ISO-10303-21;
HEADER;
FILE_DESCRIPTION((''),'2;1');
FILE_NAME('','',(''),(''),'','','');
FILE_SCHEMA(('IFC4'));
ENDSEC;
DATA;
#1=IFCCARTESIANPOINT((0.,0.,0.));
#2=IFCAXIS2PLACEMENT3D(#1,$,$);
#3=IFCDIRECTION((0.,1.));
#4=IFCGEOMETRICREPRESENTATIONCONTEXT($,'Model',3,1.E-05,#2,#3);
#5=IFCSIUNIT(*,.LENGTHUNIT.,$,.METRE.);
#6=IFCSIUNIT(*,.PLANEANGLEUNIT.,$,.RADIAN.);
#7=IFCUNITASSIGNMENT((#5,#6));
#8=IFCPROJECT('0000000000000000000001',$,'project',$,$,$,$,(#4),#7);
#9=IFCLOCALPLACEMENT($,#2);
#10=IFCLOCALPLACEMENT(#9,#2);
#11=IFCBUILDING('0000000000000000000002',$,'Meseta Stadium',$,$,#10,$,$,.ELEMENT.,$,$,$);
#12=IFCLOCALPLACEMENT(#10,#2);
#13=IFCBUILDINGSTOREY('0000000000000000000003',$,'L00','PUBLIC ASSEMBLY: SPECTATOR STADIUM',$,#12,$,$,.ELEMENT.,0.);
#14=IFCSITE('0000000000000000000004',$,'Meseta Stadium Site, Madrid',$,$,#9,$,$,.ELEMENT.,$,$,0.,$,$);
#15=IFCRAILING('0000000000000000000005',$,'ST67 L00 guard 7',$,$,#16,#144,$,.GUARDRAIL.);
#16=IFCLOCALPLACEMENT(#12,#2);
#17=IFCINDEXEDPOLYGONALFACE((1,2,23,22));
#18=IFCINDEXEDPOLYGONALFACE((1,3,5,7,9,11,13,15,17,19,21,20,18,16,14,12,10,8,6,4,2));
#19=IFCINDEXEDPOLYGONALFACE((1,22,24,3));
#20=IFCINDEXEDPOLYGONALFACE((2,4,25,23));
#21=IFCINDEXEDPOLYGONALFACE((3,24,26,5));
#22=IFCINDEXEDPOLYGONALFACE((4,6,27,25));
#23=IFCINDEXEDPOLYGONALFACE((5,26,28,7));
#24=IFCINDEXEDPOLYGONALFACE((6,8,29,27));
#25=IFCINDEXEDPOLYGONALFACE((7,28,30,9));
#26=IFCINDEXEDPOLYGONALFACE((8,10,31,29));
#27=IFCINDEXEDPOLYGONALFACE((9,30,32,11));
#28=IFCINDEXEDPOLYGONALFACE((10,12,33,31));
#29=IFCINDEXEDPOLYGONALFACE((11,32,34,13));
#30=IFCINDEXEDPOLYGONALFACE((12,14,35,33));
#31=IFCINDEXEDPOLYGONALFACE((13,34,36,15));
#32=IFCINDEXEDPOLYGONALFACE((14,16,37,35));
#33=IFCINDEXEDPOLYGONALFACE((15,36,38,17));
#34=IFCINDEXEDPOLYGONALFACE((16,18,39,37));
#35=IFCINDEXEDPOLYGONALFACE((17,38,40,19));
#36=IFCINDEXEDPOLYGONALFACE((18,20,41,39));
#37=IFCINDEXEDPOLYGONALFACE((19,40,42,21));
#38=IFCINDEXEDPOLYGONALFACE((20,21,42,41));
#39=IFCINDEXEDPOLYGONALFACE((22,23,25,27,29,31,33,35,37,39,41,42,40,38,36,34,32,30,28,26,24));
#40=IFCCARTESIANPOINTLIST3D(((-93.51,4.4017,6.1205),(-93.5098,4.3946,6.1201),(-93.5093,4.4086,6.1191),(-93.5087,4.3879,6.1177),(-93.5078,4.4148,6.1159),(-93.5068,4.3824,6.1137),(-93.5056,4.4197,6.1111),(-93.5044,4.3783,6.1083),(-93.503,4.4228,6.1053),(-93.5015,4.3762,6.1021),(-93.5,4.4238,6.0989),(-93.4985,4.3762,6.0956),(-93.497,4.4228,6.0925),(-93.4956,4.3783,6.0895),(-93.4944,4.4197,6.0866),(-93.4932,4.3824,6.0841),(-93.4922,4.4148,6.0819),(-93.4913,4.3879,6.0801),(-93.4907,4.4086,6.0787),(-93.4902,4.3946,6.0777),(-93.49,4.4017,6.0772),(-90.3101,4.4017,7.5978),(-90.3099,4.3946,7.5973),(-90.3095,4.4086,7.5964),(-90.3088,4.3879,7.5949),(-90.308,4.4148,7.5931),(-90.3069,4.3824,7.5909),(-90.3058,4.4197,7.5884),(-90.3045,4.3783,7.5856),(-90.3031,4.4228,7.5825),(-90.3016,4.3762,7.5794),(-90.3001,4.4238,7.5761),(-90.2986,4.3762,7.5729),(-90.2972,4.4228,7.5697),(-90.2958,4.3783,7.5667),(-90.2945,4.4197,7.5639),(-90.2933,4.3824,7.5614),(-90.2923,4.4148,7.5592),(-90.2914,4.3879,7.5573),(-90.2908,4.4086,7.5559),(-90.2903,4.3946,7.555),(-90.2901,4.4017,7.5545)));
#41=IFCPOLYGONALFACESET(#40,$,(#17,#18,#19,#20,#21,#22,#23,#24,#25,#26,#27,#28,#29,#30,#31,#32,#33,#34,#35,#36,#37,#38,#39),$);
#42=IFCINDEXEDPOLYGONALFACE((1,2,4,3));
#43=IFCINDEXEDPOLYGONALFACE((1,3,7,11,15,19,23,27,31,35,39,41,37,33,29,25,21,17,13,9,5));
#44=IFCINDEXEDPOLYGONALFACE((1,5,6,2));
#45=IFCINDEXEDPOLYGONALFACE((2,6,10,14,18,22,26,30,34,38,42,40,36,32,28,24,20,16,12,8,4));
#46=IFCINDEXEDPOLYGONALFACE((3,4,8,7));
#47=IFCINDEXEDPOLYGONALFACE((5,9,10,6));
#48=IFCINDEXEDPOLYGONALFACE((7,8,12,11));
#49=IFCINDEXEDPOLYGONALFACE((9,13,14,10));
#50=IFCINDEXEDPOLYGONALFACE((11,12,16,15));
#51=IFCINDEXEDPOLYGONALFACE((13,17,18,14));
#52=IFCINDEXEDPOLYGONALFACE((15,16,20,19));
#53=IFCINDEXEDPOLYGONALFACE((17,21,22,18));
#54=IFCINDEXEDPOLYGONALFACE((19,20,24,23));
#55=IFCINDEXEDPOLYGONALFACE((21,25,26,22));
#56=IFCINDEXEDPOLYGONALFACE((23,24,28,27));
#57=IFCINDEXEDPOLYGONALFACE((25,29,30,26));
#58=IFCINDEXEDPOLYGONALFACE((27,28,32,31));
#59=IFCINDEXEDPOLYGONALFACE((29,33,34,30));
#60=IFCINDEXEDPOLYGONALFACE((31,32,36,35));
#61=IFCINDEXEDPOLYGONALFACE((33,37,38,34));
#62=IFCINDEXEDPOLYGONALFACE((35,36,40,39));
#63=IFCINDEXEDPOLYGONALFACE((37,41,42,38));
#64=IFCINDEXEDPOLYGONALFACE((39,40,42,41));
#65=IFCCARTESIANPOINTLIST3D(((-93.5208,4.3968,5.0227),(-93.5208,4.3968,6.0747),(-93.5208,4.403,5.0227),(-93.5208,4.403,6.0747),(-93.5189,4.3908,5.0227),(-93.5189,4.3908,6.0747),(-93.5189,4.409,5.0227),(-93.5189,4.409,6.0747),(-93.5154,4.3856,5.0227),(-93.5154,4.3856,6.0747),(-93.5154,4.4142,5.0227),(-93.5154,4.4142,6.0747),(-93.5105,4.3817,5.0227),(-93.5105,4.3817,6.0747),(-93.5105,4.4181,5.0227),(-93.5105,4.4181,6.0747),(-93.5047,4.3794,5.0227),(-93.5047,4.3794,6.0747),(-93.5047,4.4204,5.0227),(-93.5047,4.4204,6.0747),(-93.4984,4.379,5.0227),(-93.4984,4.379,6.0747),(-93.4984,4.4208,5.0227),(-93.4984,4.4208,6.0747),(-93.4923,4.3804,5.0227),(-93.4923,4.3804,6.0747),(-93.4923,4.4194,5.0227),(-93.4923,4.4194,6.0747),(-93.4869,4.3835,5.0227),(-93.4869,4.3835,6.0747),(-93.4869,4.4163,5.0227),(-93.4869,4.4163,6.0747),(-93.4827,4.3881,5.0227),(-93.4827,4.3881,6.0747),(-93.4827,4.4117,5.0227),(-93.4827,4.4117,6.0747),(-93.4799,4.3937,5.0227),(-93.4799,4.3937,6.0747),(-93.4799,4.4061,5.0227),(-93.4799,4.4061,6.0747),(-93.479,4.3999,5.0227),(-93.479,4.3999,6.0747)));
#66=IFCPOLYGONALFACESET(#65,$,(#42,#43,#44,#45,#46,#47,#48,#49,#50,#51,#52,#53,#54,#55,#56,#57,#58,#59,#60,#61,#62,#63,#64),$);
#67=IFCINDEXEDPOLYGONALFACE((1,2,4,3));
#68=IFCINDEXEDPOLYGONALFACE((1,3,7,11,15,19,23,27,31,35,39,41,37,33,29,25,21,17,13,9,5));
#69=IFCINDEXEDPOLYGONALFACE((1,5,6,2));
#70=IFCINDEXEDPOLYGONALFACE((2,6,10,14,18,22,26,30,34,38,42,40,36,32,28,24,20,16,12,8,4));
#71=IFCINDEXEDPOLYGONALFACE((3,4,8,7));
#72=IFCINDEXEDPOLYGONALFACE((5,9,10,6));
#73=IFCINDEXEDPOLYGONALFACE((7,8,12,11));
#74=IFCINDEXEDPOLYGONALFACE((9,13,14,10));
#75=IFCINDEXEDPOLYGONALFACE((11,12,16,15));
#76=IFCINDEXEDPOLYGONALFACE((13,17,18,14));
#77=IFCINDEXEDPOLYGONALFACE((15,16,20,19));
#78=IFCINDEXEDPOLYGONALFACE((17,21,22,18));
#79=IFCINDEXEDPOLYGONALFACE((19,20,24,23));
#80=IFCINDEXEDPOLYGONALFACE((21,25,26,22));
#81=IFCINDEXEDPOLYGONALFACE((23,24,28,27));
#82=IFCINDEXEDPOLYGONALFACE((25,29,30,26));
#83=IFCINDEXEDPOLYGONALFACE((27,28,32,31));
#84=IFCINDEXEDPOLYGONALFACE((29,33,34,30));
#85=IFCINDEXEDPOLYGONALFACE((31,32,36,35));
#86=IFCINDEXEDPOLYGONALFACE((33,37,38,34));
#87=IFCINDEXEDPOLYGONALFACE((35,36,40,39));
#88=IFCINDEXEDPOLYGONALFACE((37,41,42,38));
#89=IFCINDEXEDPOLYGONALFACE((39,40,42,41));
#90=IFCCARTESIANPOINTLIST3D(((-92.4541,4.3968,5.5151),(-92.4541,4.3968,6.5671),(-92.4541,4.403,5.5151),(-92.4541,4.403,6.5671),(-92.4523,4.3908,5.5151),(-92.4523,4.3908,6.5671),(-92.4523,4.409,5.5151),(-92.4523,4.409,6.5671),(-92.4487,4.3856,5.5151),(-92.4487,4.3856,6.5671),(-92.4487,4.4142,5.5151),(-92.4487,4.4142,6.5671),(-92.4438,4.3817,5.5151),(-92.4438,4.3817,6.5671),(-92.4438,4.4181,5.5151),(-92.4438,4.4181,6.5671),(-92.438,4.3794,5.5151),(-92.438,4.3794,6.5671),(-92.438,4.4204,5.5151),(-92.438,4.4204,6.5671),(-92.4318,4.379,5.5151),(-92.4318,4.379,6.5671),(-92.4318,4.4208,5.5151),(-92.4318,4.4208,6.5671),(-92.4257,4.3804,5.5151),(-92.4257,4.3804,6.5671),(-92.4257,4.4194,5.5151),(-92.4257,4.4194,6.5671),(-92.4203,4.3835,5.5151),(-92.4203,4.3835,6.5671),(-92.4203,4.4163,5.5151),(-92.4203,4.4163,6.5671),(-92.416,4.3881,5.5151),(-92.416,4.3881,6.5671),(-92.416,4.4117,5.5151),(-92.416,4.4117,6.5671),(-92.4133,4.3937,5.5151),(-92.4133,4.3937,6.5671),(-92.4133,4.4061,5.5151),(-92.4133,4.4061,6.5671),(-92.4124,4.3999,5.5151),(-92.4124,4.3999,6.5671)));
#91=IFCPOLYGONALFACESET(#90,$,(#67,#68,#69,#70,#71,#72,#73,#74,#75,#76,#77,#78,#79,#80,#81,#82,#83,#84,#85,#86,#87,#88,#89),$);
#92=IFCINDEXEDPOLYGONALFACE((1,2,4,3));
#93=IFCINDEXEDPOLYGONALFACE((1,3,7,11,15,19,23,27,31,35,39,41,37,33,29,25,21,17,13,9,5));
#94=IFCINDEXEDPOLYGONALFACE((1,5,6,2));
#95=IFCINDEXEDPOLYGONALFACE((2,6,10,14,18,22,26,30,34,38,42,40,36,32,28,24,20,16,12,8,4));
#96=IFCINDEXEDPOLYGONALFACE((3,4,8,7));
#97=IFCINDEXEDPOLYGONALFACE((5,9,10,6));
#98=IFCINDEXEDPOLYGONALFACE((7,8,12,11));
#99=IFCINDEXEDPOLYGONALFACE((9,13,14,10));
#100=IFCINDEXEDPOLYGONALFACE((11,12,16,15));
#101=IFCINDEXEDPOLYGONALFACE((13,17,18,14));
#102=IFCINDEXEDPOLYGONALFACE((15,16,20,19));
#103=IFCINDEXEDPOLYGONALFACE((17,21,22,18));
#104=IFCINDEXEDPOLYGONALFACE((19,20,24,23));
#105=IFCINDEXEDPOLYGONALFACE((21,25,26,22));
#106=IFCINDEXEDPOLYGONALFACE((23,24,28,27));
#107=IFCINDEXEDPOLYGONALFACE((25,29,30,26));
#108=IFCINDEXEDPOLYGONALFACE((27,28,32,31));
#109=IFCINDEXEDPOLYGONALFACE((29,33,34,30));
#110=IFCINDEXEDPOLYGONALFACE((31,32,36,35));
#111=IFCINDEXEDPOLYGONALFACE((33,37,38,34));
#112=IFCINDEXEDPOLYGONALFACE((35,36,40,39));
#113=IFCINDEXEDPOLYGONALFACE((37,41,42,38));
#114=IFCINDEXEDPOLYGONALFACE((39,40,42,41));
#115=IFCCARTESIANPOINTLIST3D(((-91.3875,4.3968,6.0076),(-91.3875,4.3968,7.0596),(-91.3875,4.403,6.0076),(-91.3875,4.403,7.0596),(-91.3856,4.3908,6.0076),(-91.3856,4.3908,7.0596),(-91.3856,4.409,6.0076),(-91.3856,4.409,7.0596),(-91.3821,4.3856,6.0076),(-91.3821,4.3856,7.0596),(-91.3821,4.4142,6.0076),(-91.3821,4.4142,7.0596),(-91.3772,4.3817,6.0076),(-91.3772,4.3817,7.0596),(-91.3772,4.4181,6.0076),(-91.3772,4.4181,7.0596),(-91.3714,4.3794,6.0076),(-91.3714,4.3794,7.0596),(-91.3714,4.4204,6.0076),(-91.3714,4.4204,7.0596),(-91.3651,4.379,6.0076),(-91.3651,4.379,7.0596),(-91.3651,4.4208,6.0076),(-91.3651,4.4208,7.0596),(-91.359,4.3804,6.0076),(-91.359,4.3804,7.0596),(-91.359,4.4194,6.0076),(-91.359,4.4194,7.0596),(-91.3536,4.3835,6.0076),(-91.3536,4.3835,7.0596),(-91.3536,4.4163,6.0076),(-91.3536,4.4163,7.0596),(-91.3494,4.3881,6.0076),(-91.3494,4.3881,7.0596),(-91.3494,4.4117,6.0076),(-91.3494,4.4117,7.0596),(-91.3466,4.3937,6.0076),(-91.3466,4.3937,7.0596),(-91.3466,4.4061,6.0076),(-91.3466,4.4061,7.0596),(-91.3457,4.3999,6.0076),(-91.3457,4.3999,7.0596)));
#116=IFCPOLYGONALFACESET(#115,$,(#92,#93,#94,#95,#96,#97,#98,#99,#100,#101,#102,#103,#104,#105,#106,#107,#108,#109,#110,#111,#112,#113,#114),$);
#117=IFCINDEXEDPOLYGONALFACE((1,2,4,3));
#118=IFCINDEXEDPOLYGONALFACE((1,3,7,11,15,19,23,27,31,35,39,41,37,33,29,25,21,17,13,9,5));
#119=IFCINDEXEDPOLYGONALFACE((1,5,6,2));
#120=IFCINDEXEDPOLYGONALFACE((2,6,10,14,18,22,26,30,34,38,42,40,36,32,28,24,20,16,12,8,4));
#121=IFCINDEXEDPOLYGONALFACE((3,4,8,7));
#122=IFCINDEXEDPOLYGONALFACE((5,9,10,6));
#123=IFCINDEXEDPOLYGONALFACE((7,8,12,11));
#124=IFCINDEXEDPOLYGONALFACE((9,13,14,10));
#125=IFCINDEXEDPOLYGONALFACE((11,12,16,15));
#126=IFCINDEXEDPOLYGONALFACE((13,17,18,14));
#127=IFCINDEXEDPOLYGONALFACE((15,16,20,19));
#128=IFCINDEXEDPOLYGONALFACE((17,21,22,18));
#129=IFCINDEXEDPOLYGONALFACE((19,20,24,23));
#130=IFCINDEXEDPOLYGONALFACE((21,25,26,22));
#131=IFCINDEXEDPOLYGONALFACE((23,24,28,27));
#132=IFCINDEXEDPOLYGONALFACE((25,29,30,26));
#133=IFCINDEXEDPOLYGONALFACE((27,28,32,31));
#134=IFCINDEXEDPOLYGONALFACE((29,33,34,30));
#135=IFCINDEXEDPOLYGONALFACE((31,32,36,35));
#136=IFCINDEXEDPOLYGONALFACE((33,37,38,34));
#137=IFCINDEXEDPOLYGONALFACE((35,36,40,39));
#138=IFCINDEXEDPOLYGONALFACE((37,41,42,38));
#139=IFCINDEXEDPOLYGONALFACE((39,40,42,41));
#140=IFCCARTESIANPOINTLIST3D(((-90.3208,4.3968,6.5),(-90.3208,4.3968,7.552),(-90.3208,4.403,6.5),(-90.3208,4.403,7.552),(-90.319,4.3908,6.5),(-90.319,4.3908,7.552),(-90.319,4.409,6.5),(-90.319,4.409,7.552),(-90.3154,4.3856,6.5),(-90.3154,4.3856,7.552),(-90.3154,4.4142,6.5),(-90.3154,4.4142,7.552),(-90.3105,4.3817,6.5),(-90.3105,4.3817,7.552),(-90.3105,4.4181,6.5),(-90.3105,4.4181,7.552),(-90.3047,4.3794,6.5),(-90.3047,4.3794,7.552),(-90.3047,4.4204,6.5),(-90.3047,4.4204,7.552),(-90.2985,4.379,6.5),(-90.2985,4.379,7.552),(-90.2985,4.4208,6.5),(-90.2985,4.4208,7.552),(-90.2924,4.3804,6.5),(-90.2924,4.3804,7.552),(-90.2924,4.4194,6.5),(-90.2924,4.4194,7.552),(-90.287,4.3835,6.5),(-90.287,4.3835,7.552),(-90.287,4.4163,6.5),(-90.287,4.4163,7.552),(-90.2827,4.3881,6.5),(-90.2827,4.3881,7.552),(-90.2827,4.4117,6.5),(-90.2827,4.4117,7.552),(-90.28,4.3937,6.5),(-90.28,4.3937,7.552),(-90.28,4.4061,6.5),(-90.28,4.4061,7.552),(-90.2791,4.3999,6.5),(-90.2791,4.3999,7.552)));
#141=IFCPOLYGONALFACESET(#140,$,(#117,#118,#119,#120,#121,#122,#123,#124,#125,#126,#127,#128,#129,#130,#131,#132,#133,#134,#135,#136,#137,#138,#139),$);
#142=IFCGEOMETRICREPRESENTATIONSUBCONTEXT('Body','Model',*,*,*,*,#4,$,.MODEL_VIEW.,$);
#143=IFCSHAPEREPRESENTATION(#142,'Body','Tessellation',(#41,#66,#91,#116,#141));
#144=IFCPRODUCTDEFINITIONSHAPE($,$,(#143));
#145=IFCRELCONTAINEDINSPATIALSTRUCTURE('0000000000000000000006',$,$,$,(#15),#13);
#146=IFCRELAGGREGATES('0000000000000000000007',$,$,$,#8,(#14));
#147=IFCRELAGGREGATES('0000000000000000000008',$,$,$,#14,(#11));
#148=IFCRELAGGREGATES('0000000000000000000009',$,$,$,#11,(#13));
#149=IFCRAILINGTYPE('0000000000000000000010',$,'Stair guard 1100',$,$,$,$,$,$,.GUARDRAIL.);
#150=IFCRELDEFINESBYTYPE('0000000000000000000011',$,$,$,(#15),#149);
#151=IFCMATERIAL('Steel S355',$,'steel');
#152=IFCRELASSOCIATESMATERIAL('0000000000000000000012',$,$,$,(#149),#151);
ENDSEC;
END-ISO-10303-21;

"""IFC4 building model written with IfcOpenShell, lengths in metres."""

from ifc_helpers import new_model, si_unit, direction, frame, origin, origin_2d, place, context, subcontext, project, spatial, circle, extrude, material, type_object, element, save


model = new_model("IFC4")

# Units and contexts
model_context = context("Model", 3, precision=1e-05, world=origin(), true_north=direction((0.0, 1.0)))
body_context = subcontext(model_context, "Body", "Model", "MODEL_VIEW")
ifc_project = project(units=[si_unit("LENGTHUNIT", "METRE"), si_unit("PLANEANGLEUNIT", "RADIAN")], contexts=[model_context])

# Site, building, storey
site_placement = place(None, origin())
site = spatial("IfcSite", under=ifc_project, at=site_placement, Name="Meseta Stadium Site, Madrid", CompositionType="ELEMENT", RefElevation=0.0)
building_placement = place(site_placement, origin())
building = spatial("IfcBuilding", under=site, at=building_placement, Name="Meseta Stadium", CompositionType="ELEMENT")
storey_placement = place(building_placement, origin())
storey = spatial("IfcBuildingStorey", under=building, at=storey_placement, Name="L00", Description="PUBLIC ASSEMBLY: SPECTATOR STADIUM", CompositionType="ELEMENT", Elevation=0.0)

# Railing
ifc_material_1 = material(Name="Steel S355", Category="steel")
railing_type_1 = type_object("IfcRailingType", Name="Stair guard 1100", PredefinedType="GUARDRAIL", material=ifc_material_1)
railing_1_placement = place(storey_placement, frame((-93.5, 4.3999, 5.0227)))
element("IfcRailing", 1, at=railing_1_placement, inside=storey, type_object=railing_type_1, Name="ST67 L00 guard 7", PredefinedType="GUARDRAIL", context=body_context, shape_type="SweptSolid", body=[
    extrude(circle(Radius=0.0239, at=origin_2d()), frame((0.0, 0.0, 1.0762), z_axis=(0.907917, 0.0, 0.41915), x_axis=(0.0, 1.0, 0.0)), (0.0, 0.0, 1.0), 3.5244),
    extrude(circle(Radius=0.021, at=origin_2d()), origin(), (0.0, 0.0, 1.0), 1.052),
    extrude(circle(Radius=0.021, at=origin_2d()), frame((1.0667, 0.0, 0.4924)), (0.0, 0.0, 1.0), 1.052),
    extrude(circle(Radius=0.021, at=origin_2d()), frame((2.1333, 0.0, 0.9849)), (0.0, 0.0, 1.0), 1.052),
    extrude(circle(Radius=0.021, at=origin_2d()), frame((3.2, 0.0, 1.4773)), (0.0, 0.0, 1.0), 1.052),
])

save(model, "model.ifc")
